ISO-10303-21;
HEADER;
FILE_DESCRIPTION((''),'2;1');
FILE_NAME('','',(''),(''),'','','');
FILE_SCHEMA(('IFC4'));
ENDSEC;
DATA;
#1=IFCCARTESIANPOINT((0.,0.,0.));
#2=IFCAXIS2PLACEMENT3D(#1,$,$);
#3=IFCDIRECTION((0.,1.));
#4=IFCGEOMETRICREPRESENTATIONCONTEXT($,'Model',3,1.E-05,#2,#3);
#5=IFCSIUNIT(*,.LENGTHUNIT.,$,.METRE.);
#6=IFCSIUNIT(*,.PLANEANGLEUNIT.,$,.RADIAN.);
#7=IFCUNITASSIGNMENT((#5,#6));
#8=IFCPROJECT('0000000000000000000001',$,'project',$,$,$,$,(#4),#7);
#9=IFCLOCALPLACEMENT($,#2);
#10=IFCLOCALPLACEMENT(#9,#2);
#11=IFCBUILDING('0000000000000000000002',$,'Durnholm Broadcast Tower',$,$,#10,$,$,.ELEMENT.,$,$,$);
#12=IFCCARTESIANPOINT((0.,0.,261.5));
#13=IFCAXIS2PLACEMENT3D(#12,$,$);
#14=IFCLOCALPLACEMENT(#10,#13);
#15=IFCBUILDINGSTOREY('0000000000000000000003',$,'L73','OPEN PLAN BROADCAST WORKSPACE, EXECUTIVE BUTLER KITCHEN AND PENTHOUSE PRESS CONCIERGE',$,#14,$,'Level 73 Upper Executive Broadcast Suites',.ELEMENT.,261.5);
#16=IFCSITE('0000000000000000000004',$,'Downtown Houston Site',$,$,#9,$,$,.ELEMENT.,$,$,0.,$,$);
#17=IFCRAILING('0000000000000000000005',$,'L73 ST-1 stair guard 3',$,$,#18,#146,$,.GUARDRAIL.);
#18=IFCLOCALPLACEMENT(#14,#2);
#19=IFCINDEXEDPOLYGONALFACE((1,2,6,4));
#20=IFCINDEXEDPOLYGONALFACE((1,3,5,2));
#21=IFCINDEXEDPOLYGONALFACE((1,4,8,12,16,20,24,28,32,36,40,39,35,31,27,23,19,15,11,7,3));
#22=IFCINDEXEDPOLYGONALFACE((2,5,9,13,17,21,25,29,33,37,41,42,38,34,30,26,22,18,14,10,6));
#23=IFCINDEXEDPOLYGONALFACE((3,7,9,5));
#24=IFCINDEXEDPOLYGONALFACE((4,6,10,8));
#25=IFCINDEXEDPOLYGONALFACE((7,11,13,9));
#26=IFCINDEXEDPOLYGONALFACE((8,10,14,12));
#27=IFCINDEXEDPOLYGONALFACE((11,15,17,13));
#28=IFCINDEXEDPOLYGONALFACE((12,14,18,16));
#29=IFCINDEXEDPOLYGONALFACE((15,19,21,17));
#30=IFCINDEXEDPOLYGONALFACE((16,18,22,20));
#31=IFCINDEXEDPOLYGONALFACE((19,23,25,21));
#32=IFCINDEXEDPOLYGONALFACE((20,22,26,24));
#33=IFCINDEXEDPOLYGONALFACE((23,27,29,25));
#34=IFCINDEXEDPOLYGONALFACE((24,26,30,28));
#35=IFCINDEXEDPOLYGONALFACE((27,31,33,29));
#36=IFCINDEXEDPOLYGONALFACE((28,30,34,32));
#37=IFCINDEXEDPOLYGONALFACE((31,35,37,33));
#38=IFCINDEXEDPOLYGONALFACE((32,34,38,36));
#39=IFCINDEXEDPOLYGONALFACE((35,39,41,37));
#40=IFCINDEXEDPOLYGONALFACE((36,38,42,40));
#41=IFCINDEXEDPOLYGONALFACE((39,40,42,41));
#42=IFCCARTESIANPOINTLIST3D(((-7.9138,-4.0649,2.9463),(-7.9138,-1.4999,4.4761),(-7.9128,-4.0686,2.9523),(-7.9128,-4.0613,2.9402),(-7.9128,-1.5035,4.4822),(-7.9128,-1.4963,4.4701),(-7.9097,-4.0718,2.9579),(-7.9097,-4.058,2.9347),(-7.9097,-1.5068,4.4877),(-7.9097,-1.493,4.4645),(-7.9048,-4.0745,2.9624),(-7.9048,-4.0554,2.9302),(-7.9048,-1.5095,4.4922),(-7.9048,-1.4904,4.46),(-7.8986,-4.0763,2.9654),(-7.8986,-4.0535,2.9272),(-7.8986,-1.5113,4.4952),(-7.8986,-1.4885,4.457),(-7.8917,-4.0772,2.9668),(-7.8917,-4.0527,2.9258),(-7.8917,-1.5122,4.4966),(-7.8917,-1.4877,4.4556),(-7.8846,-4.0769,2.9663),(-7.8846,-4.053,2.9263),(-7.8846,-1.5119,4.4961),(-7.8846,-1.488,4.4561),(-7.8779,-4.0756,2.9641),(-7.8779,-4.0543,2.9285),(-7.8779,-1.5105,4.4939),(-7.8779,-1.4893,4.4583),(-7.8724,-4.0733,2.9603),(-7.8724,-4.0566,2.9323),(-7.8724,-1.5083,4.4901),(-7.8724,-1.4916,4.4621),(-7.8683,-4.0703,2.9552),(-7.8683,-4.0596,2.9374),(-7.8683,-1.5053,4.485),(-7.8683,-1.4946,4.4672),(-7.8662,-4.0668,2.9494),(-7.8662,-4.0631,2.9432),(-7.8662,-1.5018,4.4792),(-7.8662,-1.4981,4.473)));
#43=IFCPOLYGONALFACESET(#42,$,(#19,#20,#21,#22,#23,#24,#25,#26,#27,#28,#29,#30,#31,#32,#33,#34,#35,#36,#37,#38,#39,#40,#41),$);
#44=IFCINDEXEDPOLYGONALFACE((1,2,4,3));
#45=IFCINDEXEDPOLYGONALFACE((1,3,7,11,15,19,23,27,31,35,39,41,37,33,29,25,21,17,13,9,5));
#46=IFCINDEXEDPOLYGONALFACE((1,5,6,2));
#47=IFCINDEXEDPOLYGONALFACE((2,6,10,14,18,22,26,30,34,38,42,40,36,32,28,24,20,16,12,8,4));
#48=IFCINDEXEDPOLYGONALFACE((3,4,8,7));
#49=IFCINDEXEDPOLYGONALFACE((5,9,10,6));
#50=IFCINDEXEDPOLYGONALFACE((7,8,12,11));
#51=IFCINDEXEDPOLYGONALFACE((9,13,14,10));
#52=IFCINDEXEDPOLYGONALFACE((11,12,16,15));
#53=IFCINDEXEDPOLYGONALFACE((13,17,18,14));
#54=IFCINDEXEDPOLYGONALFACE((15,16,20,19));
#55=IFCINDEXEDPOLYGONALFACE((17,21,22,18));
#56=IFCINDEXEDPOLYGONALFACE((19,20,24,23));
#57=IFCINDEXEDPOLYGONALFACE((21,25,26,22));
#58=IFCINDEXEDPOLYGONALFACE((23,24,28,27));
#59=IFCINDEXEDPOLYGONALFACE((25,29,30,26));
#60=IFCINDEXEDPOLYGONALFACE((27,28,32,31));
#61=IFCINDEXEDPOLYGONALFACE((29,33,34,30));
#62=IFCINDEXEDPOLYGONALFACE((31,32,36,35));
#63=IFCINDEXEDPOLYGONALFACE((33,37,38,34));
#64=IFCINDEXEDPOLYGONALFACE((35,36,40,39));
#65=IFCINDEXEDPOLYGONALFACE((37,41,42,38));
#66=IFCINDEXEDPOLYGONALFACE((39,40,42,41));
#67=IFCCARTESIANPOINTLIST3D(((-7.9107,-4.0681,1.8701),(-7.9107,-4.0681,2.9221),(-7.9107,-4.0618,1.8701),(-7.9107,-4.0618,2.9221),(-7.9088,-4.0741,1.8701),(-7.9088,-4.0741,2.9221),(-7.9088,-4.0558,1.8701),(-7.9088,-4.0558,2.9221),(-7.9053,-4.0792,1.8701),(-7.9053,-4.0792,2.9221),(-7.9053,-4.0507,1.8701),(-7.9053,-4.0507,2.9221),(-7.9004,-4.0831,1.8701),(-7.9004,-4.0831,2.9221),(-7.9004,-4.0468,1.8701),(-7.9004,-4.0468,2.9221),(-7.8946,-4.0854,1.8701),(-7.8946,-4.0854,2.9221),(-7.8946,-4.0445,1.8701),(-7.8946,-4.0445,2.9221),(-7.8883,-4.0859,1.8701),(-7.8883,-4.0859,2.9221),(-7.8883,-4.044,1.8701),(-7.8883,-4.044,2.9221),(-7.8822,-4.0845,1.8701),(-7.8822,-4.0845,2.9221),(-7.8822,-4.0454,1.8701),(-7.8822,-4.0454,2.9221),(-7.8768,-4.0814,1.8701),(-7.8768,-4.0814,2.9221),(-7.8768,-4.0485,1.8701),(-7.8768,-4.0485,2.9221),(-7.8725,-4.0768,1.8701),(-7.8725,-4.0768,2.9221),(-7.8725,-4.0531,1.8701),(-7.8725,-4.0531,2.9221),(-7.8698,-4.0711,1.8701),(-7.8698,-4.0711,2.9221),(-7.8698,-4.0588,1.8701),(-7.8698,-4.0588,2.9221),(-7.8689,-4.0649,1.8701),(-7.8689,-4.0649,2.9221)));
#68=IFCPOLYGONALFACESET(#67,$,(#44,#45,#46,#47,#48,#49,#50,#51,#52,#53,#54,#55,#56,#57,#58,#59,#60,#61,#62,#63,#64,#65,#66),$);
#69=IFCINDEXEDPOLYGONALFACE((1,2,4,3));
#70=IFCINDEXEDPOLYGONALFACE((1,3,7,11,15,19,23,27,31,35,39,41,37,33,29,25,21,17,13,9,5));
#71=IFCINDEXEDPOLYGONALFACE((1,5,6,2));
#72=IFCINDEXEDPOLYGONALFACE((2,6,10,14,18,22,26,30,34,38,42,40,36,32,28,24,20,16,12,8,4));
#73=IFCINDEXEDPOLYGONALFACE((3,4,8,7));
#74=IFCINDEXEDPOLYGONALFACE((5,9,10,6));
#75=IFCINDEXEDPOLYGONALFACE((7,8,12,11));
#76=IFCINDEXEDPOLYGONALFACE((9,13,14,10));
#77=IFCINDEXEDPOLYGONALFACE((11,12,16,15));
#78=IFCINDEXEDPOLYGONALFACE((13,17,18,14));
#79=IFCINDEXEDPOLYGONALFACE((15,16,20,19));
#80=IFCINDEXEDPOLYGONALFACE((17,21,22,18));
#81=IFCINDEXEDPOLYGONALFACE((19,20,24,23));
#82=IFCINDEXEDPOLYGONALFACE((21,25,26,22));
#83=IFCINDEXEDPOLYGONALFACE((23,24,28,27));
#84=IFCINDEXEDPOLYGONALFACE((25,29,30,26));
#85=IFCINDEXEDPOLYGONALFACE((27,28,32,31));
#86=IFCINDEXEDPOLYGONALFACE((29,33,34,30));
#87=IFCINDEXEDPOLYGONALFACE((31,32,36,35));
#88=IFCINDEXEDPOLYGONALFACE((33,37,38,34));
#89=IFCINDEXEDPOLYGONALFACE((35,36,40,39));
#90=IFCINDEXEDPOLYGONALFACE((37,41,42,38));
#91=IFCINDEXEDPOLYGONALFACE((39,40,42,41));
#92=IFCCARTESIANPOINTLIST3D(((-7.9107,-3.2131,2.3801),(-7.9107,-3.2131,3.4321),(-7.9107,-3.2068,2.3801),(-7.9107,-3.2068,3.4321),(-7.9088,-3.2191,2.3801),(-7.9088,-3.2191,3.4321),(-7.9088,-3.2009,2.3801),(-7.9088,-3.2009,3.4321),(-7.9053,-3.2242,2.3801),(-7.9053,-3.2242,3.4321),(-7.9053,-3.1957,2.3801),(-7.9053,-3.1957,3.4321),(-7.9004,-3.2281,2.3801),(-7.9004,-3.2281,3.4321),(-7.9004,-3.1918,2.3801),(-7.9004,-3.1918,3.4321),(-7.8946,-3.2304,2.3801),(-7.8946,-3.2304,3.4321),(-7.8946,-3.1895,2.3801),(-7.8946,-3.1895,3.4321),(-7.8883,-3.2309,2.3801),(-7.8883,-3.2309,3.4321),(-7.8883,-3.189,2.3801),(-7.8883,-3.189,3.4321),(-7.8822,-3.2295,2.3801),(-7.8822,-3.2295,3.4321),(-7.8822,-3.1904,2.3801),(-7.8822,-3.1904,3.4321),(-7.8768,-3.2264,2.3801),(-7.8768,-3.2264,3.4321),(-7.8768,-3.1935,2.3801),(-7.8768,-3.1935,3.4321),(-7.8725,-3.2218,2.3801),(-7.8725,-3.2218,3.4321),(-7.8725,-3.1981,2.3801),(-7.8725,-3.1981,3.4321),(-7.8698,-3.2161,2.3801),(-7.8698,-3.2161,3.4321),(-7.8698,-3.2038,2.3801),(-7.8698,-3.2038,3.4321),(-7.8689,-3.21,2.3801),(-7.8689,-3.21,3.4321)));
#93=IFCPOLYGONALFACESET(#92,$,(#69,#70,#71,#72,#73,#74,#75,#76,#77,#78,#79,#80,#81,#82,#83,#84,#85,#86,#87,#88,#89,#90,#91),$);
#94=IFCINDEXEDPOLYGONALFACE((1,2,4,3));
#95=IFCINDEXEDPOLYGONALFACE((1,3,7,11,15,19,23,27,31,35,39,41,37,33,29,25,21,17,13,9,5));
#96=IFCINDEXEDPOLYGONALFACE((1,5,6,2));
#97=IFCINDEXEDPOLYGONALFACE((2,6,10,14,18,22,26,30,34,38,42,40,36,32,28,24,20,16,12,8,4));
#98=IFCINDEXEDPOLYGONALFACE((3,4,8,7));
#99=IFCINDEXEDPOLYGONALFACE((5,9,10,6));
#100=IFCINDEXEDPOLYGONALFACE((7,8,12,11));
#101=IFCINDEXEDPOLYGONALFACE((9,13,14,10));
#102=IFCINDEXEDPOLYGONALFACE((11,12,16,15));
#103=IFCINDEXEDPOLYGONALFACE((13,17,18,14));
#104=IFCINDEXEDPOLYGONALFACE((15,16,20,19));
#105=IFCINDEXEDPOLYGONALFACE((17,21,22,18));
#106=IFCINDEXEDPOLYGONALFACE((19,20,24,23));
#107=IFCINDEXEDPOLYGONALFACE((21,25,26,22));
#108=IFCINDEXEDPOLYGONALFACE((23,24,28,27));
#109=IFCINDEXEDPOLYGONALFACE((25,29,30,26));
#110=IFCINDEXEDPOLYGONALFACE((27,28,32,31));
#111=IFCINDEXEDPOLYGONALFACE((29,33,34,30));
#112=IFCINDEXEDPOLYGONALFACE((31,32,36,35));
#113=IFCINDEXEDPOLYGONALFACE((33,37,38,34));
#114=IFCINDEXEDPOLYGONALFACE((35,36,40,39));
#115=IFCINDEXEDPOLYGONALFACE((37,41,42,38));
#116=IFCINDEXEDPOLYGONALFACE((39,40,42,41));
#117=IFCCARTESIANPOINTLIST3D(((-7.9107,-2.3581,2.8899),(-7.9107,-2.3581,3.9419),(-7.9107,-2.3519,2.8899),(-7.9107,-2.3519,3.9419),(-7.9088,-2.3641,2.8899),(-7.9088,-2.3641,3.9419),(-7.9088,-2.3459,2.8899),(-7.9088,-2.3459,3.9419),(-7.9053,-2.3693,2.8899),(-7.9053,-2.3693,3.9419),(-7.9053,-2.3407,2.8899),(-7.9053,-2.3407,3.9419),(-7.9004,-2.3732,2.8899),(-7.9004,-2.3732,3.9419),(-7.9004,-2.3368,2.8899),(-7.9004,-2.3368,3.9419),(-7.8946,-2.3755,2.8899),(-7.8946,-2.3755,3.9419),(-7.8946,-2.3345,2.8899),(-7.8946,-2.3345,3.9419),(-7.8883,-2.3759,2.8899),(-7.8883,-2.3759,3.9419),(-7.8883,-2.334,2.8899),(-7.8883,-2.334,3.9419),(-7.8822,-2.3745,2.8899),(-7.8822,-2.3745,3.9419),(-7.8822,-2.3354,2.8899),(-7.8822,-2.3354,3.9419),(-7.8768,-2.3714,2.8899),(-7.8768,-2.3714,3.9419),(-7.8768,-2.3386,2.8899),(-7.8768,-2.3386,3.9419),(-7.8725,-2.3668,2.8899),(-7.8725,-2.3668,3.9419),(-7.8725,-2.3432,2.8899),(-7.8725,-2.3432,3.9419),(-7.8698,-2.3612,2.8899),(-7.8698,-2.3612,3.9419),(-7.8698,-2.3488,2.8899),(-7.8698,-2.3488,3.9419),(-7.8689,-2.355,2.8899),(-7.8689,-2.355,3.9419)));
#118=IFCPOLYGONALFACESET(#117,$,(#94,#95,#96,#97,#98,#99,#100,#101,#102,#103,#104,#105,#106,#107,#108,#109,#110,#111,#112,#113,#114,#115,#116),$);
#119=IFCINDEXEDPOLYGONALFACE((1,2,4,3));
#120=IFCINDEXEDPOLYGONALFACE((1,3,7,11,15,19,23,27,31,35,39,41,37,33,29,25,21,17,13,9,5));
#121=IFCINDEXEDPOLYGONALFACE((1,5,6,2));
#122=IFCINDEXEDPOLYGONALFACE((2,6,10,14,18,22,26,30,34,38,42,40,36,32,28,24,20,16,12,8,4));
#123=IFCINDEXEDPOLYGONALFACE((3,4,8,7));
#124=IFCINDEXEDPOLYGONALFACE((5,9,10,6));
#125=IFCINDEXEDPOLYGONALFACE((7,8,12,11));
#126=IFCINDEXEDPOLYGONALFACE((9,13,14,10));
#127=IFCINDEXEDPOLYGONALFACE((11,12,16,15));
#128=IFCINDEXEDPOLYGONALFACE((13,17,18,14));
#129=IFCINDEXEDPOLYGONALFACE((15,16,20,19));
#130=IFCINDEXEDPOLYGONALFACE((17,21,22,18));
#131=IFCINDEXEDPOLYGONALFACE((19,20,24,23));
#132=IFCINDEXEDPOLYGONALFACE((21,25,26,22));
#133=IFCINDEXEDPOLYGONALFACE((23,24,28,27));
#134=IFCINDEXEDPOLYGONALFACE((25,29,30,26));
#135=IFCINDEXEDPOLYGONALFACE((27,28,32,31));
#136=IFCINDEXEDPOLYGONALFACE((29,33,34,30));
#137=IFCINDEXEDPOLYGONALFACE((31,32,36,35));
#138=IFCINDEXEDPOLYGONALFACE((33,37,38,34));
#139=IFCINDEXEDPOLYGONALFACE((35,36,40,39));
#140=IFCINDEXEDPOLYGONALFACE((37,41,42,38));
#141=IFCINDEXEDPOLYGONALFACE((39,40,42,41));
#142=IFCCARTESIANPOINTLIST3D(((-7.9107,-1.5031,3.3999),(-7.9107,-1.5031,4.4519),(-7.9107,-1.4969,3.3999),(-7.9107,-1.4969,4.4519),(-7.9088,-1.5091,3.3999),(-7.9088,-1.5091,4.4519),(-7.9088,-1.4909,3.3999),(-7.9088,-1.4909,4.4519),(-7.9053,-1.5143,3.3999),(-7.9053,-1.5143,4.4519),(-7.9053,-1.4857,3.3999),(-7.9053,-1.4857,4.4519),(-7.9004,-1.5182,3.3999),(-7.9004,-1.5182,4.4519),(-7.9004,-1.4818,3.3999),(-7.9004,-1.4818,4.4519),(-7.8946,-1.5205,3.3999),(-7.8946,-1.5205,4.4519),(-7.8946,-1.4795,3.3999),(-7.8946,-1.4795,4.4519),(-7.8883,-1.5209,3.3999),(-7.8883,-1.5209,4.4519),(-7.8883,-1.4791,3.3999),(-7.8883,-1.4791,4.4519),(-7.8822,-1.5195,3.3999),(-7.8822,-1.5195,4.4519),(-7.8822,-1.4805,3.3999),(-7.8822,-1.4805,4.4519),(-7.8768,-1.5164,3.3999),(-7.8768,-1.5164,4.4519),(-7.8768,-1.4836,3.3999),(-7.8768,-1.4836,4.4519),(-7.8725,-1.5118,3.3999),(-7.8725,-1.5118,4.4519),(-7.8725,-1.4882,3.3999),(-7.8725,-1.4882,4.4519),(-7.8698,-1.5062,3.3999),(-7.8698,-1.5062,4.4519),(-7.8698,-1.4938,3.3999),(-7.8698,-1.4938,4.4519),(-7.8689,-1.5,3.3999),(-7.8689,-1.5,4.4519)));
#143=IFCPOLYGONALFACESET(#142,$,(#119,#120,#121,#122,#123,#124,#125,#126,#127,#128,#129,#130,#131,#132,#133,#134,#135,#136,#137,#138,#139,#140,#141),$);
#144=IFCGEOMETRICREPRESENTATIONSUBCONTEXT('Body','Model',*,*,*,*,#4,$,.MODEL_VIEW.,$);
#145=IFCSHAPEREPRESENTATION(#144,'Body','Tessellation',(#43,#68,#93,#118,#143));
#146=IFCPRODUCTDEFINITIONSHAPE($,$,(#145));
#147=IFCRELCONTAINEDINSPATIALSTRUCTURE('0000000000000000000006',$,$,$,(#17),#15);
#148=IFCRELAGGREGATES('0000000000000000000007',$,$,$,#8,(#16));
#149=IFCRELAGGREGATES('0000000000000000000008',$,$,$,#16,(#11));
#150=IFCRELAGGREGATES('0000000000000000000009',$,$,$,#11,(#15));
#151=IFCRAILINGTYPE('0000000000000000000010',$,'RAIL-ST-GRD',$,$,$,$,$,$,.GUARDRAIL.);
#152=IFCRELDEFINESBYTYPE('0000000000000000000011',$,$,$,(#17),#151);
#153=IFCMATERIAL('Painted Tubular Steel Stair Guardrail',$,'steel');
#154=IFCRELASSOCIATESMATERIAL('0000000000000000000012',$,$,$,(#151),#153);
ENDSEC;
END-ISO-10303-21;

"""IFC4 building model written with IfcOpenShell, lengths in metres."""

from ifc_helpers import new_model, si_unit, direction, frame, origin, origin_2d, place, context, subcontext, project, spatial, circle, extrude, material, type_object, element, save


model = new_model("IFC4")

# Units and contexts
model_context = context("Model", 3, precision=1e-05, world=origin(), true_north=direction((0.0, 1.0)))
body_context = subcontext(model_context, "Body", "Model", "MODEL_VIEW")
ifc_project = project(units=[si_unit("LENGTHUNIT", "METRE"), si_unit("PLANEANGLEUNIT", "RADIAN")], contexts=[model_context])

# Site, building, storey
site_placement = place(None, origin())
site = spatial("IfcSite", under=ifc_project, at=site_placement, Name="Downtown Houston Site", CompositionType="ELEMENT", RefElevation=0.0)
building_placement = place(site_placement, origin())
building = spatial("IfcBuilding", under=site, at=building_placement, Name="Durnholm Broadcast Tower", CompositionType="ELEMENT")
storey_placement = place(building_placement, frame((0.0, 0.0, 261.5)))
storey = spatial("IfcBuildingStorey", under=building, at=storey_placement, Name="L73", Description="OPEN PLAN BROADCAST WORKSPACE, EXECUTIVE BUTLER KITCHEN AND PENTHOUSE PRESS CONCIERGE", LongName="Level 73 Upper Executive Broadcast Suites", CompositionType="ELEMENT", Elevation=261.5)

# Railing
ifc_material_1 = material(Name="Painted Tubular Steel Stair Guardrail", Category="steel")
railing_type_1 = type_object("IfcRailingType", Name="RAIL-ST-GRD", PredefinedType="GUARDRAIL", material=ifc_material_1)
railing_1_placement = place(storey_placement, frame((-7.8899, -4.0649, 1.8701)))
element("IfcRailing", 1, at=railing_1_placement, inside=storey, type_object=railing_type_1, Name="L73 ST-1 stair guard 3", PredefinedType="GUARDRAIL", context=body_context, shape_type="SweptSolid", body=[
    extrude(circle(Radius=0.0239, at=origin_2d()), frame((0.0, 0.0, 1.0762), z_axis=(0.0, 0.858846, 0.512234), x_axis=(-1.0, 0.0, 0.0)), (0.0, 0.0, 1.0), 2.9866),
    extrude(circle(Radius=0.021, at=origin_2d()), origin(), (0.0, 0.0, 1.0), 1.052),
    extrude(circle(Radius=0.021, at=origin_2d()), frame((0.0, 0.855, 0.51)), (0.0, 0.0, 1.0), 1.052),
    extrude(circle(Radius=0.021, at=origin_2d()), frame((0.0, 1.71, 1.0198)), (0.0, 0.0, 1.0), 1.052),
    extrude(circle(Radius=0.021, at=origin_2d()), frame((0.0, 2.5649, 1.5298)), (0.0, 0.0, 1.0), 1.052),
])

save(model, "model.ifc")
